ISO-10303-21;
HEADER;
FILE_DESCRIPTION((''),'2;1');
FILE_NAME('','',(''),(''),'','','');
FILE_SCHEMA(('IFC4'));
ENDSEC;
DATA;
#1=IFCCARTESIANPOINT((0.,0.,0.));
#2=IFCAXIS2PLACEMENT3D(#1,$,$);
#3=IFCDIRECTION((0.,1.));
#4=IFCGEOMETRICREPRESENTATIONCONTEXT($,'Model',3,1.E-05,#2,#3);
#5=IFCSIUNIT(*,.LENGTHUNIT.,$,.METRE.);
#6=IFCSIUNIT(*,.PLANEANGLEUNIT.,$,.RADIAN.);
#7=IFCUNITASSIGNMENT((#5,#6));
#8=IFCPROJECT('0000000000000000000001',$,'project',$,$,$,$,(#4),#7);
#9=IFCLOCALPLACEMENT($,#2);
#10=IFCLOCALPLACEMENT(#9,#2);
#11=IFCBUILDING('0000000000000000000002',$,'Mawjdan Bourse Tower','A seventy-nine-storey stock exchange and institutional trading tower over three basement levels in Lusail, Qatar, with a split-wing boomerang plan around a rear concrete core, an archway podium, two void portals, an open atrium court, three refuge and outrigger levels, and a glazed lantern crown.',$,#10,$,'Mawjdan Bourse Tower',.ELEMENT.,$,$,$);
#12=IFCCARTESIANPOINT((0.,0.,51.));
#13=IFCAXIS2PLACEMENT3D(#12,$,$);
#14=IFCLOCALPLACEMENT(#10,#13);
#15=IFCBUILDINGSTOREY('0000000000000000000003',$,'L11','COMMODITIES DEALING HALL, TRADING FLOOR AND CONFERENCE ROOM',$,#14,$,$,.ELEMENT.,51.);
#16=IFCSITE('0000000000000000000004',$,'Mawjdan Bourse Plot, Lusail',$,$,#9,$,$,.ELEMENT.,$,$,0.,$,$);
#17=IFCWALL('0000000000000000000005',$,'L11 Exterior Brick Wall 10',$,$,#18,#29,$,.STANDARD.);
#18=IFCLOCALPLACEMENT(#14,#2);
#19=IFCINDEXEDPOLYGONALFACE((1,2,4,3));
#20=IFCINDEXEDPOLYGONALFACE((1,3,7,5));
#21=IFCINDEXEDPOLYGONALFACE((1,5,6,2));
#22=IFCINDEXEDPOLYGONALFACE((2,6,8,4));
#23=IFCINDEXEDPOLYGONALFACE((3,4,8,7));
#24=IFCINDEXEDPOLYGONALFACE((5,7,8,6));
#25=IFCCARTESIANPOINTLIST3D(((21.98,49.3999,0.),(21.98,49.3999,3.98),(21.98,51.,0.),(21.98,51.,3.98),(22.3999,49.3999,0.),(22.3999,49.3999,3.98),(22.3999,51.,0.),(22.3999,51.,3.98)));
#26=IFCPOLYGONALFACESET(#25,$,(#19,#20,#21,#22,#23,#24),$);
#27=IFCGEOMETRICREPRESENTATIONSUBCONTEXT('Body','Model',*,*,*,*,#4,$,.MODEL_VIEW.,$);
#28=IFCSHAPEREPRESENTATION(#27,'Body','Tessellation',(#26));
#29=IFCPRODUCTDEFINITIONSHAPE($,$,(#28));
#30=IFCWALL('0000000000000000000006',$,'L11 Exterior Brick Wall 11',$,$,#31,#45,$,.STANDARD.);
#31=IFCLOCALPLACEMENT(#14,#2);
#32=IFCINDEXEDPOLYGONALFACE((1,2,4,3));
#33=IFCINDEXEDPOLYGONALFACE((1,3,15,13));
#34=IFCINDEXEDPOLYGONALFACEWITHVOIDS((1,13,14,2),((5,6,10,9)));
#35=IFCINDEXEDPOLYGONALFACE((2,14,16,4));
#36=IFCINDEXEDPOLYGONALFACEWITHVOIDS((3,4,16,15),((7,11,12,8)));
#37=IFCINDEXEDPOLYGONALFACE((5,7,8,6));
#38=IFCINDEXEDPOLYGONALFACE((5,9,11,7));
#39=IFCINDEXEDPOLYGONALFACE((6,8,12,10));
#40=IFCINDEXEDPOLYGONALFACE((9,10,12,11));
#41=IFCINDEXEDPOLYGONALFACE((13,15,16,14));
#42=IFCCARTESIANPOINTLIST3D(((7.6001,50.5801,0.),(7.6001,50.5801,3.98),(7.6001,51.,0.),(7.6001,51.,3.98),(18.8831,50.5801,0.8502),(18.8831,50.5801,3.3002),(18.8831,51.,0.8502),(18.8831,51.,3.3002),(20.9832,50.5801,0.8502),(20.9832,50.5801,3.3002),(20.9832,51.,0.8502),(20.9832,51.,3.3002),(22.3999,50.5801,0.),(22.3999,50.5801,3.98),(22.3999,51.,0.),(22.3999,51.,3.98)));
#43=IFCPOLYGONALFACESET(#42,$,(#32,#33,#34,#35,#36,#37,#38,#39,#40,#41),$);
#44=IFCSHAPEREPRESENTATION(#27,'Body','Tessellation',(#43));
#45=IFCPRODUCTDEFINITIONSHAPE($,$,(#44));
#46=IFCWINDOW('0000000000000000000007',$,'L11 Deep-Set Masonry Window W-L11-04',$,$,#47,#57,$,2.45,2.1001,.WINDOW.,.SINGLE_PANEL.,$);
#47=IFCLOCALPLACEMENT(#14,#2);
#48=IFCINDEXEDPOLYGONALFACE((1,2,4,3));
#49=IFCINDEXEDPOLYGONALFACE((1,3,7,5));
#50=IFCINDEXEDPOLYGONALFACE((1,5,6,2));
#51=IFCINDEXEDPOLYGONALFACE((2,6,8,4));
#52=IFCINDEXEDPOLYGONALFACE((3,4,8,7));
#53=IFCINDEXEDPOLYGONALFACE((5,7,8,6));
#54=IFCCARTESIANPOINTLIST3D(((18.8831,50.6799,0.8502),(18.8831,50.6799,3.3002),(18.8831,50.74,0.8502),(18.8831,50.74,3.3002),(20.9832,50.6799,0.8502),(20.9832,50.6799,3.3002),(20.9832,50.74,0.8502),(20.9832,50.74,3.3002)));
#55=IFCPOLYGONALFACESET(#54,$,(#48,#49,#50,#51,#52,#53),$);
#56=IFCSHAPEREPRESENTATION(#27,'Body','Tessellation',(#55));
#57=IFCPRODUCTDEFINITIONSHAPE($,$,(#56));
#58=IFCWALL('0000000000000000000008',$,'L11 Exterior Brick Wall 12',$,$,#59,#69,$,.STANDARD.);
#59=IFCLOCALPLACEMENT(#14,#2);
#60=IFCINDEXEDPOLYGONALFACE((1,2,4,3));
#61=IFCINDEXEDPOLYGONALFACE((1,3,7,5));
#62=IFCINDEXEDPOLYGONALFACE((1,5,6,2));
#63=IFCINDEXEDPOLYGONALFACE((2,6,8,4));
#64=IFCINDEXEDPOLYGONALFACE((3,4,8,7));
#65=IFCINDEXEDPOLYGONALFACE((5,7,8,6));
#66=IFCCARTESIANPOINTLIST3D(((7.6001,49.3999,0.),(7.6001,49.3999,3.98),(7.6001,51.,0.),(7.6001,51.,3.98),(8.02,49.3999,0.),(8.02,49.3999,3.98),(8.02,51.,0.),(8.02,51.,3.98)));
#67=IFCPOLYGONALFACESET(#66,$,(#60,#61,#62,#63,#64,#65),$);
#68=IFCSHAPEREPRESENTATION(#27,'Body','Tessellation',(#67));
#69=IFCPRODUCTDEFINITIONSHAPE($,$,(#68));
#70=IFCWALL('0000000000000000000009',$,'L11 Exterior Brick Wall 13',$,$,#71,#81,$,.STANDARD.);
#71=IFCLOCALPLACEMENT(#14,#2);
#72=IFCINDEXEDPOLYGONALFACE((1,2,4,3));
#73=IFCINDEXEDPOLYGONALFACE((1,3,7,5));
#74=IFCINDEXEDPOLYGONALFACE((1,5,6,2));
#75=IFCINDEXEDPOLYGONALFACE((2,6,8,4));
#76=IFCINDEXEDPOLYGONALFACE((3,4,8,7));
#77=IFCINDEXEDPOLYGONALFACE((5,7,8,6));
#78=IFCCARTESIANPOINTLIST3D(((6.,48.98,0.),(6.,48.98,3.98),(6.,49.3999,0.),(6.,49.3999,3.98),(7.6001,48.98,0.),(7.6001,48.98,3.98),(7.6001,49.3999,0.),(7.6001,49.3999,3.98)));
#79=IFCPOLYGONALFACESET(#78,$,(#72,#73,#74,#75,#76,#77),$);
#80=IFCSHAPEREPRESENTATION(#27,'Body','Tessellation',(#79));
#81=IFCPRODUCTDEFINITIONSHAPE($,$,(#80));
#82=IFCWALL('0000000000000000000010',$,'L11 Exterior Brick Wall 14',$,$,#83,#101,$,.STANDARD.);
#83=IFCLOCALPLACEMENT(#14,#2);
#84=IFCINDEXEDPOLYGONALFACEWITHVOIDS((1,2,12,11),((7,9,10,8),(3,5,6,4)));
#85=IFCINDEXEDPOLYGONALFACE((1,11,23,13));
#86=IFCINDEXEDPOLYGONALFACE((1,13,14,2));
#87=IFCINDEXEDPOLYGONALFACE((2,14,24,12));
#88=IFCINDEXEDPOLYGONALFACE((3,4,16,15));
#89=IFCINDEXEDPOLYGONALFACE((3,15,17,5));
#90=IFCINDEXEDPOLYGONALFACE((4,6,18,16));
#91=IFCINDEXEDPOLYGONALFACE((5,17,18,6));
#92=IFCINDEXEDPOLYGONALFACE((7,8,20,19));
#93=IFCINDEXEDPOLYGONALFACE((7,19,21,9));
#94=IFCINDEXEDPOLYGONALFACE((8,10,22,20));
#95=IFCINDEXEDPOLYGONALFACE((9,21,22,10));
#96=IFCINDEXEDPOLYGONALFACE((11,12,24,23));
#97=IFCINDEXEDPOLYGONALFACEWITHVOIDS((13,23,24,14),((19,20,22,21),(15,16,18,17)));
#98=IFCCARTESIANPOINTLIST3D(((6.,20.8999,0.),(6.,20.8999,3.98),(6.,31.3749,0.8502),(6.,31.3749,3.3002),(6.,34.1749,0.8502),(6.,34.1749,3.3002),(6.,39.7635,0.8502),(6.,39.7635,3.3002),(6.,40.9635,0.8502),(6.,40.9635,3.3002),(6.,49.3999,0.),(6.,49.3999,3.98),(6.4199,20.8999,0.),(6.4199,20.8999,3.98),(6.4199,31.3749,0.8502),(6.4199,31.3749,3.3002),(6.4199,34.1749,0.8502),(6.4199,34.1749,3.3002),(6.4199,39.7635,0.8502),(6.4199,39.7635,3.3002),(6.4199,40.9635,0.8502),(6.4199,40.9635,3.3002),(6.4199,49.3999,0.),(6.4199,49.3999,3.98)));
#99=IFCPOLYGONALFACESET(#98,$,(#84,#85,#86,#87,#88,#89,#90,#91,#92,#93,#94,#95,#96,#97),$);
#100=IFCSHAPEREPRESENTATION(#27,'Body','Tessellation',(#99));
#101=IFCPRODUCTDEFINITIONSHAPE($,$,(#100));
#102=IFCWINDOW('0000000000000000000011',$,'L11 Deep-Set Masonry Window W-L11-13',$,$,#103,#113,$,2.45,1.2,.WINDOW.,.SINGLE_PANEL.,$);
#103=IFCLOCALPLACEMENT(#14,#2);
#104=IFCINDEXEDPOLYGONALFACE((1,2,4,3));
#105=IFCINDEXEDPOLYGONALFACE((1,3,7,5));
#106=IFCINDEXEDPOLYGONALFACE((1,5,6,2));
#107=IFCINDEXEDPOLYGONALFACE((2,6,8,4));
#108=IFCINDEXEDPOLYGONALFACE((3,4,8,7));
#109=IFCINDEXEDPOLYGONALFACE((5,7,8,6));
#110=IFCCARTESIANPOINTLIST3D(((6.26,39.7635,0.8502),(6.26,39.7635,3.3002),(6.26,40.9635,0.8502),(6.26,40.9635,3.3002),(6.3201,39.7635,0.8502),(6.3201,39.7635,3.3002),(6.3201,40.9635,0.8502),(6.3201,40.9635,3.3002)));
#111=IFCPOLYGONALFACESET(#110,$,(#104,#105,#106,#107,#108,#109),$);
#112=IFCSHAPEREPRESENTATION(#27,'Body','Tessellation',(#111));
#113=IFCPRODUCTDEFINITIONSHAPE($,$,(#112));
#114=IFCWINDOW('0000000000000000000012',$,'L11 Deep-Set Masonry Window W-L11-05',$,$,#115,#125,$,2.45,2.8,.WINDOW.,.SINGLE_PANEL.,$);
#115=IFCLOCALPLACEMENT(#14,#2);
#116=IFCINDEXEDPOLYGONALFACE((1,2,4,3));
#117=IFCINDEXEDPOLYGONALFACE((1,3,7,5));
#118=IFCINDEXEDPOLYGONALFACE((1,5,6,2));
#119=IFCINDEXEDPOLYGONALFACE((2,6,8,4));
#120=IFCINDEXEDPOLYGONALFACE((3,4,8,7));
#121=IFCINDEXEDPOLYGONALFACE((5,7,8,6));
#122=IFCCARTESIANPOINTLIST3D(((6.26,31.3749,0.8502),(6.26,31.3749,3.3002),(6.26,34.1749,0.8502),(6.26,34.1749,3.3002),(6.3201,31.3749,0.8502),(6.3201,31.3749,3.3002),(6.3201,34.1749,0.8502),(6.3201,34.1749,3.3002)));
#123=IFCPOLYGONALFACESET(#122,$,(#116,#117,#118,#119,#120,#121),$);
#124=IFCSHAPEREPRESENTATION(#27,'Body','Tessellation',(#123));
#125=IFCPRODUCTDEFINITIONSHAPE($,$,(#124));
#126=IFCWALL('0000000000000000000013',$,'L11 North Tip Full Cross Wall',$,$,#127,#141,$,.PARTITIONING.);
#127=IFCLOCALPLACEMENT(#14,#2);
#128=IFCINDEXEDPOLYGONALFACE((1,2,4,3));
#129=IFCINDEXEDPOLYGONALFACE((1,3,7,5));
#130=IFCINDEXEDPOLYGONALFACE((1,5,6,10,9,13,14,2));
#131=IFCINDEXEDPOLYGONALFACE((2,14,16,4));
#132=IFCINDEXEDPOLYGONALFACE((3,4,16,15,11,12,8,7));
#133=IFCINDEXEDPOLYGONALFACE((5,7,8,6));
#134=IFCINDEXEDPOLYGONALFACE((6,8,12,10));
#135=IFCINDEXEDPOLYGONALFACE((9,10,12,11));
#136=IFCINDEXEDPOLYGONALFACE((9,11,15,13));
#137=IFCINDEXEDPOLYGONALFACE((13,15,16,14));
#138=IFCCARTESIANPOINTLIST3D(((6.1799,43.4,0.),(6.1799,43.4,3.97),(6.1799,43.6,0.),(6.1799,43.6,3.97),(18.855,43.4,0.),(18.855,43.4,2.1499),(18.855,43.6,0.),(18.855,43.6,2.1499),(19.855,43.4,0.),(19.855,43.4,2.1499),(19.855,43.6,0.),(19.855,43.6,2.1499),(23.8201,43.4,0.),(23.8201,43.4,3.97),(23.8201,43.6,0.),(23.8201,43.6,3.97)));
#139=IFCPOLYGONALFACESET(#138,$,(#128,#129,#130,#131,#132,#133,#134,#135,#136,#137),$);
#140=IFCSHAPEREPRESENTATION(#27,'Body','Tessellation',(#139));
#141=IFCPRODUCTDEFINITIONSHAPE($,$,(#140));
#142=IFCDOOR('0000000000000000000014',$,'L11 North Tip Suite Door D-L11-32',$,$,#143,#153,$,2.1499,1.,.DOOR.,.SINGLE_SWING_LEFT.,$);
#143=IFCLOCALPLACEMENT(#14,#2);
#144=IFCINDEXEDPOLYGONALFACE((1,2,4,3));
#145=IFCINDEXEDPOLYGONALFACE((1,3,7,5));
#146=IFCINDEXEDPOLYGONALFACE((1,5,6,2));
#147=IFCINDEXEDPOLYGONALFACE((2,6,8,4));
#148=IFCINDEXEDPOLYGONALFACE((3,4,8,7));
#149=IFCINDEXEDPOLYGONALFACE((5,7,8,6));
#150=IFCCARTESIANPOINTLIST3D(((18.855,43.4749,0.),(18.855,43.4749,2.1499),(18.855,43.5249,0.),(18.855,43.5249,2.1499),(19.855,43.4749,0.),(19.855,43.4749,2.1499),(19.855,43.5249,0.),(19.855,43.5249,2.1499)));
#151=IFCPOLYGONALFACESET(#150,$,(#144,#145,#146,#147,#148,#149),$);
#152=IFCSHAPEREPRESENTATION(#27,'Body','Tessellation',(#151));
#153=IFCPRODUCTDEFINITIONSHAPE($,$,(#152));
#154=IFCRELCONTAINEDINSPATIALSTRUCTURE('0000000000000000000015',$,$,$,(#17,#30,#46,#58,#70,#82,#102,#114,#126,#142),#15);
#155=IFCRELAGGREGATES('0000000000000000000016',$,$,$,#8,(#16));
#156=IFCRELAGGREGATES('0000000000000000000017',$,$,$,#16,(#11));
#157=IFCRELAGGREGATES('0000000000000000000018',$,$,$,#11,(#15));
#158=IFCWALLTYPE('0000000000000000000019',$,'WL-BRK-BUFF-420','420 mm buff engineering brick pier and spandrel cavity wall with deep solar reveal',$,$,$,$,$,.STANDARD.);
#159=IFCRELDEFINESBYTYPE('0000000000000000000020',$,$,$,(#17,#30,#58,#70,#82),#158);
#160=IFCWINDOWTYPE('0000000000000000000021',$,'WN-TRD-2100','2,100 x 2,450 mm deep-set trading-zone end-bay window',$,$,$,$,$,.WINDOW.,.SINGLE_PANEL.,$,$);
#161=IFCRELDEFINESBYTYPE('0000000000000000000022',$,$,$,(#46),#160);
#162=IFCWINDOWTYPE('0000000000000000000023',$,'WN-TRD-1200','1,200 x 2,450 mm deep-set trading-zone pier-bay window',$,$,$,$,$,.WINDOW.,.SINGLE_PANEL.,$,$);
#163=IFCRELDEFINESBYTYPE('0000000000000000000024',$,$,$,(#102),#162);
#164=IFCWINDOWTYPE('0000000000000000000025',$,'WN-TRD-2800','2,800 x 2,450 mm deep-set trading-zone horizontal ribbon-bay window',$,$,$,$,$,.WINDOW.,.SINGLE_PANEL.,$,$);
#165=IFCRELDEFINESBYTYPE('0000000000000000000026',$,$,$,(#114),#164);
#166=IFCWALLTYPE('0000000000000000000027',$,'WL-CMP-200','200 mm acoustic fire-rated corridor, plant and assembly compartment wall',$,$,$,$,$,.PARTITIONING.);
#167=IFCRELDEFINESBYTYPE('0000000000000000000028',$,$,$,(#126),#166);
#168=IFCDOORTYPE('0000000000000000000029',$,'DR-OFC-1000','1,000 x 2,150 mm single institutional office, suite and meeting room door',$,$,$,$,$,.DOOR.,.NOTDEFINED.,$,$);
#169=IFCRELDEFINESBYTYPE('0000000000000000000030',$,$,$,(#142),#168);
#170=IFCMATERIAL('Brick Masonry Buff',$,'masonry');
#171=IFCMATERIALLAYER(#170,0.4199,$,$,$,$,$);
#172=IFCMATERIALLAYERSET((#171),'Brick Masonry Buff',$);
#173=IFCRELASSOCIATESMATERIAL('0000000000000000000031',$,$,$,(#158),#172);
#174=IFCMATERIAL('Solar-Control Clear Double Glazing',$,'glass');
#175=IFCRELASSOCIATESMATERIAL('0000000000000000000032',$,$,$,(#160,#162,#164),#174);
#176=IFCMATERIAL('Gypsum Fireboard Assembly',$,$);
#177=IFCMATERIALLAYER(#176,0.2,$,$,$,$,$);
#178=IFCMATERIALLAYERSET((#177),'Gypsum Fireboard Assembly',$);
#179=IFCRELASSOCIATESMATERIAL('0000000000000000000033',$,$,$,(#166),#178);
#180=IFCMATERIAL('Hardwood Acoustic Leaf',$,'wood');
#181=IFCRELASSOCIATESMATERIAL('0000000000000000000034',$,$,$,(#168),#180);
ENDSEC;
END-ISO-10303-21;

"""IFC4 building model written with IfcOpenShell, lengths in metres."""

from ifc_helpers import new_model, si_unit, direction, frame, frame_2d, origin, place, context, subcontext, project, spatial, rectangle, extrude, material, layer, layer_set, type_object, element, fill, save


model = new_model("IFC4")

# Units and contexts
model_context = context("Model", 3, precision=1e-05, world=origin(), true_north=direction((0.0, 1.0)))
body_context = subcontext(model_context, "Body", "Model", "MODEL_VIEW")
ifc_project = project(units=[si_unit("LENGTHUNIT", "METRE"), si_unit("PLANEANGLEUNIT", "RADIAN")], contexts=[model_context])

# Site, building, storey
site_placement = place(None, origin())
site = spatial("IfcSite", under=ifc_project, at=site_placement, Name="Mawjdan Bourse Plot, Lusail", CompositionType="ELEMENT", RefElevation=0.0)
building_placement = place(site_placement, origin())
building = spatial("IfcBuilding", under=site, at=building_placement, Name="Mawjdan Bourse Tower", Description="A seventy-nine-storey stock exchange and institutional trading tower over three basement levels in Lusail, Qatar, with a split-wing boomerang plan around a rear concrete core, an archway podium, two void portals, an open atrium court, three refuge and outrigger levels, and a glazed lantern crown.", LongName="Mawjdan Bourse Tower", CompositionType="ELEMENT")
storey_placement = place(building_placement, frame((0.0, 0.0, 51.0)))
storey = spatial("IfcBuildingStorey", under=building, at=storey_placement, Name="L11", Description="COMMODITIES DEALING HALL, TRADING FLOOR AND CONFERENCE ROOM", CompositionType="ELEMENT", Elevation=51.0)

# Wall
ifc_material_1 = material(Name="Brick Masonry Buff", Category="masonry")
ifc_layer_1 = layer(ifc_material_1, 0.4199)
ifc_layer_set_1 = layer_set([ifc_layer_1], Name="Brick Masonry Buff")
wall_type_1 = type_object("IfcWallType", Name="WL-BRK-BUFF-420", Description="420 mm buff engineering brick pier and spandrel cavity wall with deep solar reveal", PredefinedType="STANDARD", material=ifc_layer_set_1)
wall_1_placement = place(storey_placement, frame((22.1899, 49.3999, 0.0), z_axis=(0.0, 0.0, 1.0), x_axis=(0.0, 1.0, 0.0)))
element("IfcWall", 1, at=wall_1_placement, inside=storey, type_object=wall_type_1, Name="L11 Exterior Brick Wall 10", PredefinedType="STANDARD", context=body_context, shape_type="SweptSolid", body=[
    extrude(rectangle(XDim=1.6001, YDim=0.4199, at=frame_2d((0.8, 0.0))), origin(), (0.0, 0.0, 1.0), 3.98),
])

# Wall, opening, window
wall_2_placement = place(storey_placement, frame((22.3999, 50.79, 0.0), z_axis=(0.0, 0.0, 1.0), x_axis=(-1.0, 0.0, 0.0)))
wall_2 = element("IfcWall", 2, at=wall_2_placement, inside=storey, type_object=wall_type_1, Name="L11 Exterior Brick Wall 11", PredefinedType="STANDARD", context=body_context, shape_type="SweptSolid", body=[
    extrude(rectangle(XDim=14.7998, YDim=0.4199, at=frame_2d((7.3999, 0.0))), origin(), (0.0, 0.0, 1.0), 3.98),
])
opening_1_placement = place(wall_2_placement, frame((1.4167, 0.0, 0.8501)))
opening_1 = element("IfcOpeningElement", 3, at=opening_1_placement, cuts=wall_2, PredefinedType="OPENING", context=body_context, shape_type="SweptSolid", body=[
    extrude(rectangle(XDim=2.1001, YDim=2.45, at=frame_2d((1.05, 1.2251))), frame((0.0, 0.22, 0.0), z_axis=(0.0, -1.0, 0.0), x_axis=(1.0, 0.0, 0.0)), (0.0, 0.0, 1.0), 0.4399),
])
ifc_material_2 = material(Name="Solar-Control Clear Double Glazing", Category="glass")
window_type_1 = type_object("IfcWindowType", Name="WN-TRD-2100", Description="2,100 x 2,450 mm deep-set trading-zone end-bay window", PartitioningType="SINGLE_PANEL", PredefinedType="WINDOW", material=ifc_material_2)
window_1_placement = place(opening_1_placement, origin())
window_1 = element("IfcWindow", 4, at=window_1_placement, inside=storey, type_object=window_type_1, Name="L11 Deep-Set Masonry Window W-L11-04", OverallHeight=2.45, OverallWidth=2.1001, PartitioningType="SINGLE_PANEL", PredefinedType="WINDOW", context=body_context, shape_type="SweptSolid", body=[
    extrude(rectangle(XDim=2.1001, YDim=2.45, at=frame_2d((1.05, 1.2251))), frame((0.0, 0.1101, 0.0), z_axis=(0.0, -1.0, 0.0), x_axis=(1.0, 0.0, 0.0)), (0.0, 0.0, 1.0), 0.0601),
])
fill(opening_1, window_1)

# Walls
for number, where, z_axis, x_axis, name in (
    (5, (7.8101, 51.0, 0.0), (0.0, 0.0, 1.0), (0.0, -1.0, 0.0), "L11 Exterior Brick Wall 12"),
    (6, (7.6001, 49.1899, 0.0), (0.0, 0.0, 1.0), (-1.0, 0.0, 0.0), "L11 Exterior Brick Wall 13"),
):
    element("IfcWall", number, at=place(storey_placement, frame(where, z_axis=z_axis, x_axis=x_axis)), inside=storey, type_object=wall_type_1, Name=name, PredefinedType="STANDARD", context=body_context, shape_type="SweptSolid", body=[
        extrude(rectangle(XDim=1.6001, YDim=0.4199, at=frame_2d((0.8, 0.0))), origin(), (0.0, 0.0, 1.0), 3.98),
    ])

# Wall, openings, windows
wall_3_placement = place(storey_placement, frame((6.21, 49.3999, 0.0), z_axis=(0.0, 0.0, 1.0), x_axis=(0.0, -1.0, 0.0)))
wall_3 = element("IfcWall", 7, at=wall_3_placement, inside=storey, type_object=wall_type_1, Name="L11 Exterior Brick Wall 14", PredefinedType="STANDARD", context=body_context, shape_type="SweptSolid", body=[
    extrude(rectangle(XDim=28.5, YDim=0.4199, at=frame_2d((14.25, 0.0))), origin(), (0.0, 0.0, 1.0), 3.98),
])
opening_2_placement = place(wall_3_placement, frame((15.2251, 0.0, 0.8501)))
opening_2 = element("IfcOpeningElement", 8, at=opening_2_placement, cuts=wall_3, PredefinedType="OPENING", context=body_context, shape_type="SweptSolid", body=[
    extrude(rectangle(XDim=2.8, YDim=2.45, at=frame_2d((1.3999, 1.2251))), frame((0.0, 0.22, 0.0), z_axis=(0.0, -1.0, 0.0), x_axis=(1.0, 0.0, 0.0)), (0.0, 0.0, 1.0), 0.4399),
])
opening_3_placement = place(wall_3_placement, frame((8.4363, 0.0, 0.8501)))
opening_3 = element("IfcOpeningElement", 9, at=opening_3_placement, cuts=wall_3, PredefinedType="OPENING", context=body_context, shape_type="SweptSolid", body=[
    extrude(rectangle(XDim=1.2, YDim=2.45, at=frame_2d((0.6001, 1.2251))), frame((0.0, 0.22, 0.0), z_axis=(0.0, -1.0, 0.0), x_axis=(1.0, 0.0, 0.0)), (0.0, 0.0, 1.0), 0.4399),
])
window_type_2 = type_object("IfcWindowType", Name="WN-TRD-1200", Description="1,200 x 2,450 mm deep-set trading-zone pier-bay window", PartitioningType="SINGLE_PANEL", PredefinedType="WINDOW", material=ifc_material_2)
window_2_placement = place(opening_3_placement, origin())
window_2 = element("IfcWindow", 10, at=window_2_placement, inside=storey, type_object=window_type_2, Name="L11 Deep-Set Masonry Window W-L11-13", OverallHeight=2.45, OverallWidth=1.2, PartitioningType="SINGLE_PANEL", PredefinedType="WINDOW", context=body_context, shape_type="SweptSolid", body=[
    extrude(rectangle(XDim=1.2, YDim=2.45, at=frame_2d((0.6001, 1.2251))), frame((0.0, 0.1101, 0.0), z_axis=(0.0, -1.0, 0.0), x_axis=(1.0, 0.0, 0.0)), (0.0, 0.0, 1.0), 0.0601),
])
fill(opening_3, window_2)
window_type_3 = type_object("IfcWindowType", Name="WN-TRD-2800", Description="2,800 x 2,450 mm deep-set trading-zone horizontal ribbon-bay window", PartitioningType="SINGLE_PANEL", PredefinedType="WINDOW", material=ifc_material_2)
window_3_placement = place(opening_2_placement, origin())
window_3 = element("IfcWindow", 11, at=window_3_placement, inside=storey, type_object=window_type_3, Name="L11 Deep-Set Masonry Window W-L11-05", OverallHeight=2.45, OverallWidth=2.8, PartitioningType="SINGLE_PANEL", PredefinedType="WINDOW", context=body_context, shape_type="SweptSolid", body=[
    extrude(rectangle(XDim=2.8, YDim=2.45, at=frame_2d((1.3999, 1.2251))), frame((0.0, 0.1101, 0.0), z_axis=(0.0, -1.0, 0.0), x_axis=(1.0, 0.0, 0.0)), (0.0, 0.0, 1.0), 0.0601),
])
fill(opening_2, window_3)

# Wall, opening, door
ifc_material_3 = material(Name="Gypsum Fireboard Assembly")
ifc_layer_2 = layer(ifc_material_3, 0.2)
ifc_layer_set_2 = layer_set([ifc_layer_2], Name="Gypsum Fireboard Assembly")
wall_type_2 = type_object("IfcWallType", Name="WL-CMP-200", Description="200 mm acoustic fire-rated corridor, plant and assembly compartment wall", PredefinedType="PARTITIONING", material=ifc_layer_set_2)
wall_4_placement = place(storey_placement, frame((6.1799, 43.5, 0.0), z_axis=(0.0, 0.0, 1.0), x_axis=(1.0, 0.0, 0.0)))
wall_4 = element("IfcWall", 12, at=wall_4_placement, inside=storey, type_object=wall_type_2, Name="L11 North Tip Full Cross Wall", PredefinedType="PARTITIONING", context=body_context, shape_type="SweptSolid", body=[
    extrude(rectangle(XDim=17.6401, YDim=0.2, at=frame_2d((8.8201, 0.0))), origin(), (0.0, 0.0, 1.0), 3.97),
])
opening_4_placement = place(wall_4_placement, frame((12.675, 0.0, 0.0)))
opening_4 = element("IfcOpeningElement", 13, at=opening_4_placement, cuts=wall_4, PredefinedType="OPENING", context=body_context, shape_type="SweptSolid", body=[
    extrude(rectangle(XDim=1.0, YDim=2.1499, at=frame_2d((0.5, 1.075))), frame((0.0, 0.1099, 0.0), z_axis=(0.0, -1.0, 0.0), x_axis=(1.0, 0.0, 0.0)), (0.0, 0.0, 1.0), 0.22),
])
ifc_material_4 = material(Name="Hardwood Acoustic Leaf", Category="wood")
door_type = type_object("IfcDoorType", Name="DR-OFC-1000", Description="1,000 x 2,150 mm single institutional office, suite and meeting room door", OperationType="NOTDEFINED", PredefinedType="DOOR", material=ifc_material_4)
door_placement = place(opening_4_placement, origin())
door = element("IfcDoor", 14, at=door_placement, inside=storey, type_object=door_type, Name="L11 North Tip Suite Door D-L11-32", OperationType="SINGLE_SWING_LEFT", OverallHeight=2.1499, OverallWidth=1.0, PredefinedType="DOOR", context=body_context, shape_type="SweptSolid", body=[
    extrude(rectangle(XDim=1.0, YDim=2.1499, at=frame_2d((0.5, 1.075))), frame((0.0, 0.0249, 0.0), z_axis=(0.0, -1.0, 0.0), x_axis=(1.0, 0.0, 0.0)), (0.0, 0.0, 1.0), 0.05),
])
fill(opening_4, door)

save(model, "model.ifc")
